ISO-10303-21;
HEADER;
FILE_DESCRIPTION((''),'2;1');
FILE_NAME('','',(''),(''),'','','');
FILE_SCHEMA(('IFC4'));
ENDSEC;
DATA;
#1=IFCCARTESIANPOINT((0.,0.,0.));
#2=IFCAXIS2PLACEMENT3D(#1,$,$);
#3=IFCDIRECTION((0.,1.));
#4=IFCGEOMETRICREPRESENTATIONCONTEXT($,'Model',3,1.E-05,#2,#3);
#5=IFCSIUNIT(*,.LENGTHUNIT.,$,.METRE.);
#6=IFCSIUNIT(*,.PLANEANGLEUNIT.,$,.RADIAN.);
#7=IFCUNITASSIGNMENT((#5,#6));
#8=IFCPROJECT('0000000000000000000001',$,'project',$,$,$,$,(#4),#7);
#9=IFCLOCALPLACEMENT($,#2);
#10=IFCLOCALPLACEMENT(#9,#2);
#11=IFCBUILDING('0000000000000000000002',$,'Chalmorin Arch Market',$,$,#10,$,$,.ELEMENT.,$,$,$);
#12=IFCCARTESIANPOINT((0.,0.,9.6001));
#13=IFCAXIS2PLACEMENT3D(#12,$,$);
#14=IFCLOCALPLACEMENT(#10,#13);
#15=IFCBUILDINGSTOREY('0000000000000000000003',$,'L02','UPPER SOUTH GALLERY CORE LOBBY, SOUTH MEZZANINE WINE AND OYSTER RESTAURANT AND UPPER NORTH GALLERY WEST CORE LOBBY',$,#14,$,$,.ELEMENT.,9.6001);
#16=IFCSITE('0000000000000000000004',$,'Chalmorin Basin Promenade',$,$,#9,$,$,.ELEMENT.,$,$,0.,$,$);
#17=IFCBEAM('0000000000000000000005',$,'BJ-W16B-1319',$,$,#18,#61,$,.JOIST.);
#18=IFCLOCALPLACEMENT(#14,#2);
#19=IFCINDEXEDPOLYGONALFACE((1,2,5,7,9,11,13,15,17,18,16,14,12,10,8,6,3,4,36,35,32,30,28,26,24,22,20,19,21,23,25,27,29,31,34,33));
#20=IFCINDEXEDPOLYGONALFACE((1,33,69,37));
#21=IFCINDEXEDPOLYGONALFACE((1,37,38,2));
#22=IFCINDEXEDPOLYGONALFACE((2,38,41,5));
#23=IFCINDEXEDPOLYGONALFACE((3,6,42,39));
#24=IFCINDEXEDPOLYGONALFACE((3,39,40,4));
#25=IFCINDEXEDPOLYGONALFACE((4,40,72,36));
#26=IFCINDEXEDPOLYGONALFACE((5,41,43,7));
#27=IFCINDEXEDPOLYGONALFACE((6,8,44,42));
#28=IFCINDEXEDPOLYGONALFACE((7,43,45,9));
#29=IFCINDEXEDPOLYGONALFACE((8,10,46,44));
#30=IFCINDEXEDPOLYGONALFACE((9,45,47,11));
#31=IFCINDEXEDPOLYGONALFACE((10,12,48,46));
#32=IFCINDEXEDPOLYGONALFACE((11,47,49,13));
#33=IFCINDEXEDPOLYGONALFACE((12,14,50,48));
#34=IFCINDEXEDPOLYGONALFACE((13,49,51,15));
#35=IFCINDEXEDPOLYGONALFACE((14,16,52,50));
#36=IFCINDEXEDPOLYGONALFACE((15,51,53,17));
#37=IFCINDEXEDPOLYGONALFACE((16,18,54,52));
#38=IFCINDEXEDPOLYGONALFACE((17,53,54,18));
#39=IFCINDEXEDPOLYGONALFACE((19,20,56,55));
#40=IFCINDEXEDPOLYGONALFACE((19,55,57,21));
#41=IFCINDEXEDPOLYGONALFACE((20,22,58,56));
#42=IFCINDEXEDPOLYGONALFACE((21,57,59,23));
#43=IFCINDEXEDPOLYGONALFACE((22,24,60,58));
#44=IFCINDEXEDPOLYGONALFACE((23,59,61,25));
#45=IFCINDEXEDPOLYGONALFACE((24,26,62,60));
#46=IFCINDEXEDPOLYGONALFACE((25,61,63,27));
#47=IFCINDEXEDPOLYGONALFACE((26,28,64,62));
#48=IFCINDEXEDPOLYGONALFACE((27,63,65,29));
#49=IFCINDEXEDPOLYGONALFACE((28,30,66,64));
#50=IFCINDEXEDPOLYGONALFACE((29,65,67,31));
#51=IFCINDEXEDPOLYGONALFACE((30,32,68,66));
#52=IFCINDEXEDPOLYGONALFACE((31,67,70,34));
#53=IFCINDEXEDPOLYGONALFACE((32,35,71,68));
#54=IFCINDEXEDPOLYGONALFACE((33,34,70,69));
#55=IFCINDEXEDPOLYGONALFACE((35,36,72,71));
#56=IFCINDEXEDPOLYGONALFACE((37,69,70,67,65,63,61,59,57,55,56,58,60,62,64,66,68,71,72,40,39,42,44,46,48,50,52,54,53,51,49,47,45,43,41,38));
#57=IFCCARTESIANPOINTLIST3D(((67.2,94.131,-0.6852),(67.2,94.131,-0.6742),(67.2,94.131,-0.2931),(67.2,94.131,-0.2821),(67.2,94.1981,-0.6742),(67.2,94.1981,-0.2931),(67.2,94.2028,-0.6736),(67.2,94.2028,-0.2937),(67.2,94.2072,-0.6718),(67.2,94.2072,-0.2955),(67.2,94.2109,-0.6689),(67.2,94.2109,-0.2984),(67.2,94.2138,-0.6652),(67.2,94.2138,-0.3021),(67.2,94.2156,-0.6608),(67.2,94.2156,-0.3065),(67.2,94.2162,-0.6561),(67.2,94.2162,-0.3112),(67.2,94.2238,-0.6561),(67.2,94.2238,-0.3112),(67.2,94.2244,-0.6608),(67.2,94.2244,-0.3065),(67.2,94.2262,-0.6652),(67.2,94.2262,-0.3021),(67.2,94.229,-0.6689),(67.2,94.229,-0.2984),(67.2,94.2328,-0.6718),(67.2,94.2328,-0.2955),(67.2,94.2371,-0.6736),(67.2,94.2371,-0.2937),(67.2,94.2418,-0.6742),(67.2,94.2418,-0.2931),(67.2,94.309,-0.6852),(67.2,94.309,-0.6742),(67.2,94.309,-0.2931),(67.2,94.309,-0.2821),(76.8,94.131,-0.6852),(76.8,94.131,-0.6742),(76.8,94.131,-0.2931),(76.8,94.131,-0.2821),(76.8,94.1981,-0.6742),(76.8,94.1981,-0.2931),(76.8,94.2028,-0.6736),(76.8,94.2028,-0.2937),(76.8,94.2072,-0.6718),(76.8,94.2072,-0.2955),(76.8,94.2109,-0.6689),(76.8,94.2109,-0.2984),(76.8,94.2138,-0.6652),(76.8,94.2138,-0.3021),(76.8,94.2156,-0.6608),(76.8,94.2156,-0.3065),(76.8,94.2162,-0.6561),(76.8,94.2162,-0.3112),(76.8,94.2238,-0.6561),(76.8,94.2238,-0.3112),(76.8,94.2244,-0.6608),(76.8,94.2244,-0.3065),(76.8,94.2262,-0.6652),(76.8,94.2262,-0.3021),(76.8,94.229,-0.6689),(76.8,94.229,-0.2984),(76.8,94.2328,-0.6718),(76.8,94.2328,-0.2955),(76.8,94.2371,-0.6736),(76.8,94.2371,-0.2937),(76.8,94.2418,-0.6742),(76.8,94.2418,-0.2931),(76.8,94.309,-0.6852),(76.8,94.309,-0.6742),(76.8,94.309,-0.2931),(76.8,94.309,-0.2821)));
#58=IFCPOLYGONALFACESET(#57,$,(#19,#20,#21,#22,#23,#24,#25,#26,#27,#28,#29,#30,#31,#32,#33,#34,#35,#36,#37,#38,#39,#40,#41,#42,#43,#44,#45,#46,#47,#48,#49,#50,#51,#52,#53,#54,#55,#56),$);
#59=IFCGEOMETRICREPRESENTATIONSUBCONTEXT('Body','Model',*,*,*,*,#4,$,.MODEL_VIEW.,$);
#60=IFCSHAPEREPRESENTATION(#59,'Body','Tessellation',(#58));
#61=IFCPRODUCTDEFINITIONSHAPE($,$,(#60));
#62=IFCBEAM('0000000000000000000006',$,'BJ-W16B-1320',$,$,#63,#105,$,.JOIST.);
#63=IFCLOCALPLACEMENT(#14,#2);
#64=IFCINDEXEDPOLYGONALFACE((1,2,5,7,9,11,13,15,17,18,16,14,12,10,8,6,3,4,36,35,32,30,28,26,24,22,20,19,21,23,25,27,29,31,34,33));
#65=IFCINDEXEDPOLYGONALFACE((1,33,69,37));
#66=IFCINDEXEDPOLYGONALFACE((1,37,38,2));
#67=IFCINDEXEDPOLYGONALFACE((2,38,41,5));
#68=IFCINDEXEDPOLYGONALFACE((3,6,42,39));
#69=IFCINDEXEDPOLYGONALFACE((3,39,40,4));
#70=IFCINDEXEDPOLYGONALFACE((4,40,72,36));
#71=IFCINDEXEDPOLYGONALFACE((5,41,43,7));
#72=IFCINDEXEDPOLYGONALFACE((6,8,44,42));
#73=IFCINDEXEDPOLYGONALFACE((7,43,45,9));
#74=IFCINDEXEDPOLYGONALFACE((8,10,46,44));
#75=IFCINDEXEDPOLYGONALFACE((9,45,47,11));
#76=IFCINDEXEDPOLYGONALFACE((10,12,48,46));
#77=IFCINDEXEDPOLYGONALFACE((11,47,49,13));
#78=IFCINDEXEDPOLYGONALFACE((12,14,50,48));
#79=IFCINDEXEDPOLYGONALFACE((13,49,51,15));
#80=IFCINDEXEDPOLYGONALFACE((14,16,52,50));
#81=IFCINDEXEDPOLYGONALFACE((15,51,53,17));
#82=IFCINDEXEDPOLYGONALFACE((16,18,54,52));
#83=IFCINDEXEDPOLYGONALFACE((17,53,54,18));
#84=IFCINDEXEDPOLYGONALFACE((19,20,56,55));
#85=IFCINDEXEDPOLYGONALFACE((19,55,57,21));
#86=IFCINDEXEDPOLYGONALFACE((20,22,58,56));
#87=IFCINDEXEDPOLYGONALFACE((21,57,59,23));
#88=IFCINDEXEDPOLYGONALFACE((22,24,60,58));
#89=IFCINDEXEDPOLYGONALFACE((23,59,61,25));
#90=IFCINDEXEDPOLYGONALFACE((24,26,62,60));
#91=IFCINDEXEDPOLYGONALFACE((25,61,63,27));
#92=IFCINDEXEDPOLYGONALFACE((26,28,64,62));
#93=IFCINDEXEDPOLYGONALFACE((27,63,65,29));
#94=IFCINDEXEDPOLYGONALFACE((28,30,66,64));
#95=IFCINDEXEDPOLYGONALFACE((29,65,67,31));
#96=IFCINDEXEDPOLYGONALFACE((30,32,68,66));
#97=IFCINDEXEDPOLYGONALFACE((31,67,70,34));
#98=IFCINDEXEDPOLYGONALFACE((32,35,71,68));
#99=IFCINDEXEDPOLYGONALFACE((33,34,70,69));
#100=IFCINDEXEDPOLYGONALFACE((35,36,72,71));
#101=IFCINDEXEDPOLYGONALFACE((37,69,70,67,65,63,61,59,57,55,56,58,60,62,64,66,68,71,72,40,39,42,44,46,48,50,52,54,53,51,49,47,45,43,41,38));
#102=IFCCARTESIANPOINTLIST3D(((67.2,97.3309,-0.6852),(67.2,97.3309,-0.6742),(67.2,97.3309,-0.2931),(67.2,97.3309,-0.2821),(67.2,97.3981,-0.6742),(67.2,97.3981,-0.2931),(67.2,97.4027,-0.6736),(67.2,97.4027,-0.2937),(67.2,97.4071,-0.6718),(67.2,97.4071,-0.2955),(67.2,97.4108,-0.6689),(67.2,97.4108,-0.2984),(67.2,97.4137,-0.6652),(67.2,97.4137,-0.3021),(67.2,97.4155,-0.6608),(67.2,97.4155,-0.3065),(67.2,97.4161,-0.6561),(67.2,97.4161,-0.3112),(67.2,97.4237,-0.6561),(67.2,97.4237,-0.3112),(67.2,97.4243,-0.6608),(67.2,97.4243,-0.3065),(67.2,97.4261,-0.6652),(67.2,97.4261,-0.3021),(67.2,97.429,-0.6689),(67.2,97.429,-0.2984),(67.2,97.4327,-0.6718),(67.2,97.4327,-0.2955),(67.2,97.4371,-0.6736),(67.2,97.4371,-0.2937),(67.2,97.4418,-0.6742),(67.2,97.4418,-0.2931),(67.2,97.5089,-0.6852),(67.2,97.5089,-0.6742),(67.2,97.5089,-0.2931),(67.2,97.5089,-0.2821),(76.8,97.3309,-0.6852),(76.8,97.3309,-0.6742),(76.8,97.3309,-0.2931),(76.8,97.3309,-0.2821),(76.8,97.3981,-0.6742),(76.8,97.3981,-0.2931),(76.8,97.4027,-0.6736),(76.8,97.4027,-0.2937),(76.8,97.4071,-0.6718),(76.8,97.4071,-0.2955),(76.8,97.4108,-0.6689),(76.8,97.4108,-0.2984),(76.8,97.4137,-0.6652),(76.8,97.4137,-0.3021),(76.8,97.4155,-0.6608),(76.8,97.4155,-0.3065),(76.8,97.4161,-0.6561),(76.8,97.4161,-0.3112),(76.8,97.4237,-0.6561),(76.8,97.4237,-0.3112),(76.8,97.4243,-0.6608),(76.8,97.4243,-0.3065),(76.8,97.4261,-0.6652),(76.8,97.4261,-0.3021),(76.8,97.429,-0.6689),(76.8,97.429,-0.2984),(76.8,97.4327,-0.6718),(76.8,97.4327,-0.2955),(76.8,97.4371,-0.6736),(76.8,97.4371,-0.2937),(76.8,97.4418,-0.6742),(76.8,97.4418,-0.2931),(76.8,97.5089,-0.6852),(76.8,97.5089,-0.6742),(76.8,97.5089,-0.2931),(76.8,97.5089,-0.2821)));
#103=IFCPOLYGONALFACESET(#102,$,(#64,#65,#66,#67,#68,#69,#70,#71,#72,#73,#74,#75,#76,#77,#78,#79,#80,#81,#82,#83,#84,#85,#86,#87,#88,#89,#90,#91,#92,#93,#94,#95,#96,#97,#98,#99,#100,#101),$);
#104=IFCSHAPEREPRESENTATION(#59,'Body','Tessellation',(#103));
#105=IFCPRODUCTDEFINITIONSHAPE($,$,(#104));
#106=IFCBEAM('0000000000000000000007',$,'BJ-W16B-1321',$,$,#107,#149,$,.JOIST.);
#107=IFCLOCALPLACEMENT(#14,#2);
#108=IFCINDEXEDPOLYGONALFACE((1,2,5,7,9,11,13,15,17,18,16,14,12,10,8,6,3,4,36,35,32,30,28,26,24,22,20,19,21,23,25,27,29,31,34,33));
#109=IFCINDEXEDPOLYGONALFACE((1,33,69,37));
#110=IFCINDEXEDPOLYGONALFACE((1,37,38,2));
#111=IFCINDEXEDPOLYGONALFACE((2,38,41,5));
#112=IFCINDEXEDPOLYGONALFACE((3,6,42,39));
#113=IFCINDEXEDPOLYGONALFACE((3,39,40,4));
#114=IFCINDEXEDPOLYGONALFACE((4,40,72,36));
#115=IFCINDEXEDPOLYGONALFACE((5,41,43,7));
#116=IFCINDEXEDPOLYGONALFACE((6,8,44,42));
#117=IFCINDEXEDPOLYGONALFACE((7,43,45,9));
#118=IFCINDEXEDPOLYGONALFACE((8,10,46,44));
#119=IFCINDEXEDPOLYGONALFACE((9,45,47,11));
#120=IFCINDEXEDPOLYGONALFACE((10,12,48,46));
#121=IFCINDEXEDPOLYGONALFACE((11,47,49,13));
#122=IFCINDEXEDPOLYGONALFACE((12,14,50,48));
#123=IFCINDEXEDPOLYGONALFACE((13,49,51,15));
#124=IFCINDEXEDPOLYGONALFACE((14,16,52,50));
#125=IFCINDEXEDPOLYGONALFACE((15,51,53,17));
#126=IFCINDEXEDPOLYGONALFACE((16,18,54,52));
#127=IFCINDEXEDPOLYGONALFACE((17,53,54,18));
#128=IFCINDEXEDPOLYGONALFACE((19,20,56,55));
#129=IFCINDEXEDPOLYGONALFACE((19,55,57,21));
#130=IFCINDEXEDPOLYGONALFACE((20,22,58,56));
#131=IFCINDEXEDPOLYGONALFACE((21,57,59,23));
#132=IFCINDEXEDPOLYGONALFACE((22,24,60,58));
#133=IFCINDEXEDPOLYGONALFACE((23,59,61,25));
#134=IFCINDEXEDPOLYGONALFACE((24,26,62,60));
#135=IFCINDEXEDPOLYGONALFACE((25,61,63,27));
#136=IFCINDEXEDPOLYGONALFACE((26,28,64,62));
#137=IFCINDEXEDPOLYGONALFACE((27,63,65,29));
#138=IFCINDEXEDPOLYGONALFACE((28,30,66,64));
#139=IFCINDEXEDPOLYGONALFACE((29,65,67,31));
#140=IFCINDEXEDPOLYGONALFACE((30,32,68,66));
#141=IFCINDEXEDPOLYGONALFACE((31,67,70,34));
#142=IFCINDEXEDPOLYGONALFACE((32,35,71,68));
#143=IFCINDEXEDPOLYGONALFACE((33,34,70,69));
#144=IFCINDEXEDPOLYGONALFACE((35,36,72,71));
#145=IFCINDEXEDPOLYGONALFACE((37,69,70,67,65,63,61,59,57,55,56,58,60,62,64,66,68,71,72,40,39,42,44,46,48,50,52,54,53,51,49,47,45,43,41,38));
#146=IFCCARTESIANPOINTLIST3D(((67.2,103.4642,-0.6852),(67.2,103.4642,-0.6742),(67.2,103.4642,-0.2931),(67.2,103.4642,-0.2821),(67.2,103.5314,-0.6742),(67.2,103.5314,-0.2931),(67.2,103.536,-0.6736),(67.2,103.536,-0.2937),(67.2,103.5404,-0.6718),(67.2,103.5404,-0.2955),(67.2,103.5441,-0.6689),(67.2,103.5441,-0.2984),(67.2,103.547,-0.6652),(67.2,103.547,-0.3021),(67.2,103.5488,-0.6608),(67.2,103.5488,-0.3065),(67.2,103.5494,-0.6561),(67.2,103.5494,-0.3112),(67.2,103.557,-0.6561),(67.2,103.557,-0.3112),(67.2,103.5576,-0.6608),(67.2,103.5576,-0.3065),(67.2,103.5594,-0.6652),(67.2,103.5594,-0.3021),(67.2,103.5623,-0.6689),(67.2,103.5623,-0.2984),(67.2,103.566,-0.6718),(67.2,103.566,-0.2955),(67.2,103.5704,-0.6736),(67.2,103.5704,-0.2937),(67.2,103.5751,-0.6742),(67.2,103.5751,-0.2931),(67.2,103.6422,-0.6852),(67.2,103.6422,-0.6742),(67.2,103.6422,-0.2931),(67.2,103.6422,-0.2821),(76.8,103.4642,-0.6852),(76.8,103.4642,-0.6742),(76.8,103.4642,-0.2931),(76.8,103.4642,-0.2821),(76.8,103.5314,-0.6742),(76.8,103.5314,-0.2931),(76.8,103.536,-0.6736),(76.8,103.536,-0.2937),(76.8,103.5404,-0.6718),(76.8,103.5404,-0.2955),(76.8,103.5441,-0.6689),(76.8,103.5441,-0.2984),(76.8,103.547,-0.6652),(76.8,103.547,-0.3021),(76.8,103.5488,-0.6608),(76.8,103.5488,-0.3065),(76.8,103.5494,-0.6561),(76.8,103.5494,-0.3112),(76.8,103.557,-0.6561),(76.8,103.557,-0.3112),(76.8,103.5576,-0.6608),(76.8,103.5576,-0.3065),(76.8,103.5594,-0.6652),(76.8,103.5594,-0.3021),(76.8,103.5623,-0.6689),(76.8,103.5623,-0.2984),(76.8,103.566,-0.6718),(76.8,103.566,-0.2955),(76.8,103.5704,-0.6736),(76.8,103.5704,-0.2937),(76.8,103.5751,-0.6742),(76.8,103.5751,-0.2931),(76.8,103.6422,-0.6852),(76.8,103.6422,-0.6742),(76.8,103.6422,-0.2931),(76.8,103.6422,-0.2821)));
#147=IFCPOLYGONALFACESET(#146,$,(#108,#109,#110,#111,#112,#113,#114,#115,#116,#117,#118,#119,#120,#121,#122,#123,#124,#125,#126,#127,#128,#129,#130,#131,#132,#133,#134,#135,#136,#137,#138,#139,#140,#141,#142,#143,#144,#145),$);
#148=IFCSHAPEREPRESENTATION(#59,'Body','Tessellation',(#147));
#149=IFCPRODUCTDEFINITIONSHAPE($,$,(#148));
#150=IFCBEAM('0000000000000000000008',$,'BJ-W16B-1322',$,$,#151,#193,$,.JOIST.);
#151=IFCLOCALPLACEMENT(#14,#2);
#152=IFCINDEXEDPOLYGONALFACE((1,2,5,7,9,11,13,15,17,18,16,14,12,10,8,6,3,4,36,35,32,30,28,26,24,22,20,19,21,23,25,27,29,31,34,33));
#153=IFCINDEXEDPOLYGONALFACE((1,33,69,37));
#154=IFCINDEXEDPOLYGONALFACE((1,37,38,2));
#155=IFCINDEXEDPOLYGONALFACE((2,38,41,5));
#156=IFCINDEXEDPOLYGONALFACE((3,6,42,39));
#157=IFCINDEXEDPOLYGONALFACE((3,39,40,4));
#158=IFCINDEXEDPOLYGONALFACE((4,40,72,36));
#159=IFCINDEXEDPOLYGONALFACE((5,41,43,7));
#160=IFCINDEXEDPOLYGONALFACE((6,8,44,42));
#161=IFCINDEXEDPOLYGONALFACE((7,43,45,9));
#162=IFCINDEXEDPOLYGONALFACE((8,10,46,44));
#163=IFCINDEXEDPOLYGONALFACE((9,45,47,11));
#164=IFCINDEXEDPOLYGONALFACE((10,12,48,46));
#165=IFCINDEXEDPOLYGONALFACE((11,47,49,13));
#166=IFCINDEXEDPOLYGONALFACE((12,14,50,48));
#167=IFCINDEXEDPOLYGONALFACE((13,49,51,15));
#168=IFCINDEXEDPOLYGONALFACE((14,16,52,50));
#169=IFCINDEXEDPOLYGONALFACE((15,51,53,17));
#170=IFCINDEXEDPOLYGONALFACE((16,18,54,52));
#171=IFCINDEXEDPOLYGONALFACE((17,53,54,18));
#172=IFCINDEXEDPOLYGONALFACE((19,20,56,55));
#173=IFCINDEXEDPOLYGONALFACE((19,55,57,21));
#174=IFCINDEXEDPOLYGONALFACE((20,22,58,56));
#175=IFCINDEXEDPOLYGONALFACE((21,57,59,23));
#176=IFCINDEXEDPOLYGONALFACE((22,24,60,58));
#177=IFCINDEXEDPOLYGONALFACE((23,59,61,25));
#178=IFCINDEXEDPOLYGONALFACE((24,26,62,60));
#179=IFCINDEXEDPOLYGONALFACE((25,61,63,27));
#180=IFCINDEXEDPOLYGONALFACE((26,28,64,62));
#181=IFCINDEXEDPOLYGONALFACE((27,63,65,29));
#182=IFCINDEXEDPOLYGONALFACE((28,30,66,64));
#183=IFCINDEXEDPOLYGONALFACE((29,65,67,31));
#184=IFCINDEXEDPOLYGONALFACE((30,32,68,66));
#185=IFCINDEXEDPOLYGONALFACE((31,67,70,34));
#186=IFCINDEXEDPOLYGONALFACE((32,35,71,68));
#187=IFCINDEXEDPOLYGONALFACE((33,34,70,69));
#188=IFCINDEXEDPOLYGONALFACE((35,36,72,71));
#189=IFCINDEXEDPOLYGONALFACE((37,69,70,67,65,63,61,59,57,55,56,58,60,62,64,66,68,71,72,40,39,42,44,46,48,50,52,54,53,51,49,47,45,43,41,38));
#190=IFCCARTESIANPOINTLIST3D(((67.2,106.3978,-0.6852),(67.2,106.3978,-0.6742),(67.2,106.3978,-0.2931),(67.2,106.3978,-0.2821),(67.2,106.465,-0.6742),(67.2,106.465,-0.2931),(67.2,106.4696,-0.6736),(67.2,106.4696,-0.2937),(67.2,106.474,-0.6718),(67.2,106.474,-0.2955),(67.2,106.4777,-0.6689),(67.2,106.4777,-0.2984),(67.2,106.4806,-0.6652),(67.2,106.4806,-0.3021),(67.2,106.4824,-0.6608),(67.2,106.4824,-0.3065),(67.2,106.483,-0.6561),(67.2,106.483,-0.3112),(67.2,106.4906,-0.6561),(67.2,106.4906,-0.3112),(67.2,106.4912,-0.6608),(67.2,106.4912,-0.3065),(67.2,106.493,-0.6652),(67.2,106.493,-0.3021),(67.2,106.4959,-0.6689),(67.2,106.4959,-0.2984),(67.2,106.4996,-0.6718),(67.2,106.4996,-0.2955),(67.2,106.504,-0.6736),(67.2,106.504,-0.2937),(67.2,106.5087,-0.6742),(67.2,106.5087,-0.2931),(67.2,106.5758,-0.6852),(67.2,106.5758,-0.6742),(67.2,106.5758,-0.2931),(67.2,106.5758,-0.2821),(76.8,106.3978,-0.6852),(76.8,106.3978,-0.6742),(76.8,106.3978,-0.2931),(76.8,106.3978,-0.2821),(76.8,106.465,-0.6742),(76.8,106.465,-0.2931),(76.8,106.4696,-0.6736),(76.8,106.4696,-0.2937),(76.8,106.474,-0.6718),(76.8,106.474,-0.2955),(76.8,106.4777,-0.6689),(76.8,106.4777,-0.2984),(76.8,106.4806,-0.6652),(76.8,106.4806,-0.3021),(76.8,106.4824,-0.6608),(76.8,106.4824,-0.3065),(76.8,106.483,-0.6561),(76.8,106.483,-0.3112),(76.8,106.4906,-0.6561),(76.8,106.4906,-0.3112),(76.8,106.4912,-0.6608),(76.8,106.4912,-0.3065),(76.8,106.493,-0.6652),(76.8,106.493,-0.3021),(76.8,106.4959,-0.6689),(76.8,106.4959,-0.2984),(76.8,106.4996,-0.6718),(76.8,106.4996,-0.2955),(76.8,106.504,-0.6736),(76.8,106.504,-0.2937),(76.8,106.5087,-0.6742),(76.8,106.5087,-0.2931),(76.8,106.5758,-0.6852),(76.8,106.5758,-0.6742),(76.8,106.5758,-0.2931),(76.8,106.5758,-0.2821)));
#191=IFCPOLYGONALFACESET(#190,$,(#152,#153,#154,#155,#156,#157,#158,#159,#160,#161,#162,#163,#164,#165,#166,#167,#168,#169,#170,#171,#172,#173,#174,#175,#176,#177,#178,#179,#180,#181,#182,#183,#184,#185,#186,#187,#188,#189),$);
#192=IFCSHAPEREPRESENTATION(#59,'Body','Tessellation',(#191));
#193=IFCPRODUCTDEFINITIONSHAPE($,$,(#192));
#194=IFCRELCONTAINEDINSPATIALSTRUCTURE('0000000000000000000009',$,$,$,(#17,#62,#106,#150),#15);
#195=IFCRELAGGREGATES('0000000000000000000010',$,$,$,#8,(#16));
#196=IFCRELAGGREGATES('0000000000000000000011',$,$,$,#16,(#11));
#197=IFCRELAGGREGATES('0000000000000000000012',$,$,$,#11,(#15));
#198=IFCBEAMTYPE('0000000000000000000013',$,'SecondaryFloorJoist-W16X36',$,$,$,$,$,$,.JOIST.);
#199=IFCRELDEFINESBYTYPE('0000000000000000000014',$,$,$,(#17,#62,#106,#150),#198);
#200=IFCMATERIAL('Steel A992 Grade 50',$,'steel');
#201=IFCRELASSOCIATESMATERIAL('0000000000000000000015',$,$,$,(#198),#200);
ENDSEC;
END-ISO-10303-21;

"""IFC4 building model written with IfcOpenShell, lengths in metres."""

from ifc_helpers import new_model, si_unit, direction, frame, origin, origin_2d, place, context, subcontext, project, spatial, i_section, extrude, material, material_profile, profile_set, type_object, element, save


model = new_model("IFC4")

# Units and contexts
model_context = context("Model", 3, precision=1e-05, world=origin(), true_north=direction((0.0, 1.0)))
body_context = subcontext(model_context, "Body", "Model", "MODEL_VIEW")
ifc_project = project(units=[si_unit("LENGTHUNIT", "METRE"), si_unit("PLANEANGLEUNIT", "RADIAN")], contexts=[model_context])

# Site, building, storey
site_placement = place(None, origin())
site = spatial("IfcSite", under=ifc_project, at=site_placement, Name="Chalmorin Basin Promenade", CompositionType="ELEMENT", RefElevation=0.0)
building_placement = place(site_placement, origin())
building = spatial("IfcBuilding", under=site, at=building_placement, Name="Chalmorin Arch Market", CompositionType="ELEMENT")
storey_placement = place(building_placement, frame((0.0, 0.0, 9.6001)))
storey = spatial("IfcBuildingStorey", under=building, at=storey_placement, Name="L02", Description="UPPER SOUTH GALLERY CORE LOBBY, SOUTH MEZZANINE WINE AND OYSTER RESTAURANT AND UPPER NORTH GALLERY WEST CORE LOBBY", CompositionType="ELEMENT", Elevation=9.6001)

# Beams
ifc_material_1 = material(Name="Steel A992 Grade 50", Category="steel")
ifc_material_profile_1 = material_profile(ifc_material_1, i_section(OverallWidth=0.178, OverallDepth=0.4031, WebThickness=0.0076, FlangeThickness=0.011, FilletRadius=0.0181, at=origin_2d()), Name="W16X36")
ifc_profile_set_1 = profile_set([ifc_material_profile_1], Name="Steel A992 Grade 50")
beam_type_1 = type_object("IfcBeamType", Name="SecondaryFloorJoist-W16X36", PredefinedType="JOIST", material=ifc_profile_set_1)
for number, where, z_axis, x_axis, name in (
    (1, (67.2, 94.22, -0.4836), (1.0, 0.0, 0.0), (0.0, 1.0, 0.0), "BJ-W16B-1319"),
    (2, (67.2, 97.4199, -0.4836), (1.0, 0.0, 0.0), (0.0, 1.0, 0.0), "BJ-W16B-1320"),
    (3, (67.2, 103.5532, -0.4836), (1.0, 0.0, 0.0), (0.0, 1.0, 0.0), "BJ-W16B-1321"),
    (4, (67.2, 106.4868, -0.4836), (1.0, 0.0, 0.0), (0.0, 1.0, 0.0), "BJ-W16B-1322"),
):
    element("IfcBeam", number, at=place(storey_placement, frame(where, z_axis=z_axis, x_axis=x_axis)), inside=storey, type_object=beam_type_1, Name=name, PredefinedType="JOIST", context=body_context, shape_type="SweptSolid", body=[
        extrude(i_section(OverallWidth=0.178, OverallDepth=0.4031, WebThickness=0.0076, FlangeThickness=0.011, FilletRadius=0.0181, at=origin_2d()), origin(), (0.0, 0.0, 1.0), 9.6001),
    ])

save(model, "model.ifc")
